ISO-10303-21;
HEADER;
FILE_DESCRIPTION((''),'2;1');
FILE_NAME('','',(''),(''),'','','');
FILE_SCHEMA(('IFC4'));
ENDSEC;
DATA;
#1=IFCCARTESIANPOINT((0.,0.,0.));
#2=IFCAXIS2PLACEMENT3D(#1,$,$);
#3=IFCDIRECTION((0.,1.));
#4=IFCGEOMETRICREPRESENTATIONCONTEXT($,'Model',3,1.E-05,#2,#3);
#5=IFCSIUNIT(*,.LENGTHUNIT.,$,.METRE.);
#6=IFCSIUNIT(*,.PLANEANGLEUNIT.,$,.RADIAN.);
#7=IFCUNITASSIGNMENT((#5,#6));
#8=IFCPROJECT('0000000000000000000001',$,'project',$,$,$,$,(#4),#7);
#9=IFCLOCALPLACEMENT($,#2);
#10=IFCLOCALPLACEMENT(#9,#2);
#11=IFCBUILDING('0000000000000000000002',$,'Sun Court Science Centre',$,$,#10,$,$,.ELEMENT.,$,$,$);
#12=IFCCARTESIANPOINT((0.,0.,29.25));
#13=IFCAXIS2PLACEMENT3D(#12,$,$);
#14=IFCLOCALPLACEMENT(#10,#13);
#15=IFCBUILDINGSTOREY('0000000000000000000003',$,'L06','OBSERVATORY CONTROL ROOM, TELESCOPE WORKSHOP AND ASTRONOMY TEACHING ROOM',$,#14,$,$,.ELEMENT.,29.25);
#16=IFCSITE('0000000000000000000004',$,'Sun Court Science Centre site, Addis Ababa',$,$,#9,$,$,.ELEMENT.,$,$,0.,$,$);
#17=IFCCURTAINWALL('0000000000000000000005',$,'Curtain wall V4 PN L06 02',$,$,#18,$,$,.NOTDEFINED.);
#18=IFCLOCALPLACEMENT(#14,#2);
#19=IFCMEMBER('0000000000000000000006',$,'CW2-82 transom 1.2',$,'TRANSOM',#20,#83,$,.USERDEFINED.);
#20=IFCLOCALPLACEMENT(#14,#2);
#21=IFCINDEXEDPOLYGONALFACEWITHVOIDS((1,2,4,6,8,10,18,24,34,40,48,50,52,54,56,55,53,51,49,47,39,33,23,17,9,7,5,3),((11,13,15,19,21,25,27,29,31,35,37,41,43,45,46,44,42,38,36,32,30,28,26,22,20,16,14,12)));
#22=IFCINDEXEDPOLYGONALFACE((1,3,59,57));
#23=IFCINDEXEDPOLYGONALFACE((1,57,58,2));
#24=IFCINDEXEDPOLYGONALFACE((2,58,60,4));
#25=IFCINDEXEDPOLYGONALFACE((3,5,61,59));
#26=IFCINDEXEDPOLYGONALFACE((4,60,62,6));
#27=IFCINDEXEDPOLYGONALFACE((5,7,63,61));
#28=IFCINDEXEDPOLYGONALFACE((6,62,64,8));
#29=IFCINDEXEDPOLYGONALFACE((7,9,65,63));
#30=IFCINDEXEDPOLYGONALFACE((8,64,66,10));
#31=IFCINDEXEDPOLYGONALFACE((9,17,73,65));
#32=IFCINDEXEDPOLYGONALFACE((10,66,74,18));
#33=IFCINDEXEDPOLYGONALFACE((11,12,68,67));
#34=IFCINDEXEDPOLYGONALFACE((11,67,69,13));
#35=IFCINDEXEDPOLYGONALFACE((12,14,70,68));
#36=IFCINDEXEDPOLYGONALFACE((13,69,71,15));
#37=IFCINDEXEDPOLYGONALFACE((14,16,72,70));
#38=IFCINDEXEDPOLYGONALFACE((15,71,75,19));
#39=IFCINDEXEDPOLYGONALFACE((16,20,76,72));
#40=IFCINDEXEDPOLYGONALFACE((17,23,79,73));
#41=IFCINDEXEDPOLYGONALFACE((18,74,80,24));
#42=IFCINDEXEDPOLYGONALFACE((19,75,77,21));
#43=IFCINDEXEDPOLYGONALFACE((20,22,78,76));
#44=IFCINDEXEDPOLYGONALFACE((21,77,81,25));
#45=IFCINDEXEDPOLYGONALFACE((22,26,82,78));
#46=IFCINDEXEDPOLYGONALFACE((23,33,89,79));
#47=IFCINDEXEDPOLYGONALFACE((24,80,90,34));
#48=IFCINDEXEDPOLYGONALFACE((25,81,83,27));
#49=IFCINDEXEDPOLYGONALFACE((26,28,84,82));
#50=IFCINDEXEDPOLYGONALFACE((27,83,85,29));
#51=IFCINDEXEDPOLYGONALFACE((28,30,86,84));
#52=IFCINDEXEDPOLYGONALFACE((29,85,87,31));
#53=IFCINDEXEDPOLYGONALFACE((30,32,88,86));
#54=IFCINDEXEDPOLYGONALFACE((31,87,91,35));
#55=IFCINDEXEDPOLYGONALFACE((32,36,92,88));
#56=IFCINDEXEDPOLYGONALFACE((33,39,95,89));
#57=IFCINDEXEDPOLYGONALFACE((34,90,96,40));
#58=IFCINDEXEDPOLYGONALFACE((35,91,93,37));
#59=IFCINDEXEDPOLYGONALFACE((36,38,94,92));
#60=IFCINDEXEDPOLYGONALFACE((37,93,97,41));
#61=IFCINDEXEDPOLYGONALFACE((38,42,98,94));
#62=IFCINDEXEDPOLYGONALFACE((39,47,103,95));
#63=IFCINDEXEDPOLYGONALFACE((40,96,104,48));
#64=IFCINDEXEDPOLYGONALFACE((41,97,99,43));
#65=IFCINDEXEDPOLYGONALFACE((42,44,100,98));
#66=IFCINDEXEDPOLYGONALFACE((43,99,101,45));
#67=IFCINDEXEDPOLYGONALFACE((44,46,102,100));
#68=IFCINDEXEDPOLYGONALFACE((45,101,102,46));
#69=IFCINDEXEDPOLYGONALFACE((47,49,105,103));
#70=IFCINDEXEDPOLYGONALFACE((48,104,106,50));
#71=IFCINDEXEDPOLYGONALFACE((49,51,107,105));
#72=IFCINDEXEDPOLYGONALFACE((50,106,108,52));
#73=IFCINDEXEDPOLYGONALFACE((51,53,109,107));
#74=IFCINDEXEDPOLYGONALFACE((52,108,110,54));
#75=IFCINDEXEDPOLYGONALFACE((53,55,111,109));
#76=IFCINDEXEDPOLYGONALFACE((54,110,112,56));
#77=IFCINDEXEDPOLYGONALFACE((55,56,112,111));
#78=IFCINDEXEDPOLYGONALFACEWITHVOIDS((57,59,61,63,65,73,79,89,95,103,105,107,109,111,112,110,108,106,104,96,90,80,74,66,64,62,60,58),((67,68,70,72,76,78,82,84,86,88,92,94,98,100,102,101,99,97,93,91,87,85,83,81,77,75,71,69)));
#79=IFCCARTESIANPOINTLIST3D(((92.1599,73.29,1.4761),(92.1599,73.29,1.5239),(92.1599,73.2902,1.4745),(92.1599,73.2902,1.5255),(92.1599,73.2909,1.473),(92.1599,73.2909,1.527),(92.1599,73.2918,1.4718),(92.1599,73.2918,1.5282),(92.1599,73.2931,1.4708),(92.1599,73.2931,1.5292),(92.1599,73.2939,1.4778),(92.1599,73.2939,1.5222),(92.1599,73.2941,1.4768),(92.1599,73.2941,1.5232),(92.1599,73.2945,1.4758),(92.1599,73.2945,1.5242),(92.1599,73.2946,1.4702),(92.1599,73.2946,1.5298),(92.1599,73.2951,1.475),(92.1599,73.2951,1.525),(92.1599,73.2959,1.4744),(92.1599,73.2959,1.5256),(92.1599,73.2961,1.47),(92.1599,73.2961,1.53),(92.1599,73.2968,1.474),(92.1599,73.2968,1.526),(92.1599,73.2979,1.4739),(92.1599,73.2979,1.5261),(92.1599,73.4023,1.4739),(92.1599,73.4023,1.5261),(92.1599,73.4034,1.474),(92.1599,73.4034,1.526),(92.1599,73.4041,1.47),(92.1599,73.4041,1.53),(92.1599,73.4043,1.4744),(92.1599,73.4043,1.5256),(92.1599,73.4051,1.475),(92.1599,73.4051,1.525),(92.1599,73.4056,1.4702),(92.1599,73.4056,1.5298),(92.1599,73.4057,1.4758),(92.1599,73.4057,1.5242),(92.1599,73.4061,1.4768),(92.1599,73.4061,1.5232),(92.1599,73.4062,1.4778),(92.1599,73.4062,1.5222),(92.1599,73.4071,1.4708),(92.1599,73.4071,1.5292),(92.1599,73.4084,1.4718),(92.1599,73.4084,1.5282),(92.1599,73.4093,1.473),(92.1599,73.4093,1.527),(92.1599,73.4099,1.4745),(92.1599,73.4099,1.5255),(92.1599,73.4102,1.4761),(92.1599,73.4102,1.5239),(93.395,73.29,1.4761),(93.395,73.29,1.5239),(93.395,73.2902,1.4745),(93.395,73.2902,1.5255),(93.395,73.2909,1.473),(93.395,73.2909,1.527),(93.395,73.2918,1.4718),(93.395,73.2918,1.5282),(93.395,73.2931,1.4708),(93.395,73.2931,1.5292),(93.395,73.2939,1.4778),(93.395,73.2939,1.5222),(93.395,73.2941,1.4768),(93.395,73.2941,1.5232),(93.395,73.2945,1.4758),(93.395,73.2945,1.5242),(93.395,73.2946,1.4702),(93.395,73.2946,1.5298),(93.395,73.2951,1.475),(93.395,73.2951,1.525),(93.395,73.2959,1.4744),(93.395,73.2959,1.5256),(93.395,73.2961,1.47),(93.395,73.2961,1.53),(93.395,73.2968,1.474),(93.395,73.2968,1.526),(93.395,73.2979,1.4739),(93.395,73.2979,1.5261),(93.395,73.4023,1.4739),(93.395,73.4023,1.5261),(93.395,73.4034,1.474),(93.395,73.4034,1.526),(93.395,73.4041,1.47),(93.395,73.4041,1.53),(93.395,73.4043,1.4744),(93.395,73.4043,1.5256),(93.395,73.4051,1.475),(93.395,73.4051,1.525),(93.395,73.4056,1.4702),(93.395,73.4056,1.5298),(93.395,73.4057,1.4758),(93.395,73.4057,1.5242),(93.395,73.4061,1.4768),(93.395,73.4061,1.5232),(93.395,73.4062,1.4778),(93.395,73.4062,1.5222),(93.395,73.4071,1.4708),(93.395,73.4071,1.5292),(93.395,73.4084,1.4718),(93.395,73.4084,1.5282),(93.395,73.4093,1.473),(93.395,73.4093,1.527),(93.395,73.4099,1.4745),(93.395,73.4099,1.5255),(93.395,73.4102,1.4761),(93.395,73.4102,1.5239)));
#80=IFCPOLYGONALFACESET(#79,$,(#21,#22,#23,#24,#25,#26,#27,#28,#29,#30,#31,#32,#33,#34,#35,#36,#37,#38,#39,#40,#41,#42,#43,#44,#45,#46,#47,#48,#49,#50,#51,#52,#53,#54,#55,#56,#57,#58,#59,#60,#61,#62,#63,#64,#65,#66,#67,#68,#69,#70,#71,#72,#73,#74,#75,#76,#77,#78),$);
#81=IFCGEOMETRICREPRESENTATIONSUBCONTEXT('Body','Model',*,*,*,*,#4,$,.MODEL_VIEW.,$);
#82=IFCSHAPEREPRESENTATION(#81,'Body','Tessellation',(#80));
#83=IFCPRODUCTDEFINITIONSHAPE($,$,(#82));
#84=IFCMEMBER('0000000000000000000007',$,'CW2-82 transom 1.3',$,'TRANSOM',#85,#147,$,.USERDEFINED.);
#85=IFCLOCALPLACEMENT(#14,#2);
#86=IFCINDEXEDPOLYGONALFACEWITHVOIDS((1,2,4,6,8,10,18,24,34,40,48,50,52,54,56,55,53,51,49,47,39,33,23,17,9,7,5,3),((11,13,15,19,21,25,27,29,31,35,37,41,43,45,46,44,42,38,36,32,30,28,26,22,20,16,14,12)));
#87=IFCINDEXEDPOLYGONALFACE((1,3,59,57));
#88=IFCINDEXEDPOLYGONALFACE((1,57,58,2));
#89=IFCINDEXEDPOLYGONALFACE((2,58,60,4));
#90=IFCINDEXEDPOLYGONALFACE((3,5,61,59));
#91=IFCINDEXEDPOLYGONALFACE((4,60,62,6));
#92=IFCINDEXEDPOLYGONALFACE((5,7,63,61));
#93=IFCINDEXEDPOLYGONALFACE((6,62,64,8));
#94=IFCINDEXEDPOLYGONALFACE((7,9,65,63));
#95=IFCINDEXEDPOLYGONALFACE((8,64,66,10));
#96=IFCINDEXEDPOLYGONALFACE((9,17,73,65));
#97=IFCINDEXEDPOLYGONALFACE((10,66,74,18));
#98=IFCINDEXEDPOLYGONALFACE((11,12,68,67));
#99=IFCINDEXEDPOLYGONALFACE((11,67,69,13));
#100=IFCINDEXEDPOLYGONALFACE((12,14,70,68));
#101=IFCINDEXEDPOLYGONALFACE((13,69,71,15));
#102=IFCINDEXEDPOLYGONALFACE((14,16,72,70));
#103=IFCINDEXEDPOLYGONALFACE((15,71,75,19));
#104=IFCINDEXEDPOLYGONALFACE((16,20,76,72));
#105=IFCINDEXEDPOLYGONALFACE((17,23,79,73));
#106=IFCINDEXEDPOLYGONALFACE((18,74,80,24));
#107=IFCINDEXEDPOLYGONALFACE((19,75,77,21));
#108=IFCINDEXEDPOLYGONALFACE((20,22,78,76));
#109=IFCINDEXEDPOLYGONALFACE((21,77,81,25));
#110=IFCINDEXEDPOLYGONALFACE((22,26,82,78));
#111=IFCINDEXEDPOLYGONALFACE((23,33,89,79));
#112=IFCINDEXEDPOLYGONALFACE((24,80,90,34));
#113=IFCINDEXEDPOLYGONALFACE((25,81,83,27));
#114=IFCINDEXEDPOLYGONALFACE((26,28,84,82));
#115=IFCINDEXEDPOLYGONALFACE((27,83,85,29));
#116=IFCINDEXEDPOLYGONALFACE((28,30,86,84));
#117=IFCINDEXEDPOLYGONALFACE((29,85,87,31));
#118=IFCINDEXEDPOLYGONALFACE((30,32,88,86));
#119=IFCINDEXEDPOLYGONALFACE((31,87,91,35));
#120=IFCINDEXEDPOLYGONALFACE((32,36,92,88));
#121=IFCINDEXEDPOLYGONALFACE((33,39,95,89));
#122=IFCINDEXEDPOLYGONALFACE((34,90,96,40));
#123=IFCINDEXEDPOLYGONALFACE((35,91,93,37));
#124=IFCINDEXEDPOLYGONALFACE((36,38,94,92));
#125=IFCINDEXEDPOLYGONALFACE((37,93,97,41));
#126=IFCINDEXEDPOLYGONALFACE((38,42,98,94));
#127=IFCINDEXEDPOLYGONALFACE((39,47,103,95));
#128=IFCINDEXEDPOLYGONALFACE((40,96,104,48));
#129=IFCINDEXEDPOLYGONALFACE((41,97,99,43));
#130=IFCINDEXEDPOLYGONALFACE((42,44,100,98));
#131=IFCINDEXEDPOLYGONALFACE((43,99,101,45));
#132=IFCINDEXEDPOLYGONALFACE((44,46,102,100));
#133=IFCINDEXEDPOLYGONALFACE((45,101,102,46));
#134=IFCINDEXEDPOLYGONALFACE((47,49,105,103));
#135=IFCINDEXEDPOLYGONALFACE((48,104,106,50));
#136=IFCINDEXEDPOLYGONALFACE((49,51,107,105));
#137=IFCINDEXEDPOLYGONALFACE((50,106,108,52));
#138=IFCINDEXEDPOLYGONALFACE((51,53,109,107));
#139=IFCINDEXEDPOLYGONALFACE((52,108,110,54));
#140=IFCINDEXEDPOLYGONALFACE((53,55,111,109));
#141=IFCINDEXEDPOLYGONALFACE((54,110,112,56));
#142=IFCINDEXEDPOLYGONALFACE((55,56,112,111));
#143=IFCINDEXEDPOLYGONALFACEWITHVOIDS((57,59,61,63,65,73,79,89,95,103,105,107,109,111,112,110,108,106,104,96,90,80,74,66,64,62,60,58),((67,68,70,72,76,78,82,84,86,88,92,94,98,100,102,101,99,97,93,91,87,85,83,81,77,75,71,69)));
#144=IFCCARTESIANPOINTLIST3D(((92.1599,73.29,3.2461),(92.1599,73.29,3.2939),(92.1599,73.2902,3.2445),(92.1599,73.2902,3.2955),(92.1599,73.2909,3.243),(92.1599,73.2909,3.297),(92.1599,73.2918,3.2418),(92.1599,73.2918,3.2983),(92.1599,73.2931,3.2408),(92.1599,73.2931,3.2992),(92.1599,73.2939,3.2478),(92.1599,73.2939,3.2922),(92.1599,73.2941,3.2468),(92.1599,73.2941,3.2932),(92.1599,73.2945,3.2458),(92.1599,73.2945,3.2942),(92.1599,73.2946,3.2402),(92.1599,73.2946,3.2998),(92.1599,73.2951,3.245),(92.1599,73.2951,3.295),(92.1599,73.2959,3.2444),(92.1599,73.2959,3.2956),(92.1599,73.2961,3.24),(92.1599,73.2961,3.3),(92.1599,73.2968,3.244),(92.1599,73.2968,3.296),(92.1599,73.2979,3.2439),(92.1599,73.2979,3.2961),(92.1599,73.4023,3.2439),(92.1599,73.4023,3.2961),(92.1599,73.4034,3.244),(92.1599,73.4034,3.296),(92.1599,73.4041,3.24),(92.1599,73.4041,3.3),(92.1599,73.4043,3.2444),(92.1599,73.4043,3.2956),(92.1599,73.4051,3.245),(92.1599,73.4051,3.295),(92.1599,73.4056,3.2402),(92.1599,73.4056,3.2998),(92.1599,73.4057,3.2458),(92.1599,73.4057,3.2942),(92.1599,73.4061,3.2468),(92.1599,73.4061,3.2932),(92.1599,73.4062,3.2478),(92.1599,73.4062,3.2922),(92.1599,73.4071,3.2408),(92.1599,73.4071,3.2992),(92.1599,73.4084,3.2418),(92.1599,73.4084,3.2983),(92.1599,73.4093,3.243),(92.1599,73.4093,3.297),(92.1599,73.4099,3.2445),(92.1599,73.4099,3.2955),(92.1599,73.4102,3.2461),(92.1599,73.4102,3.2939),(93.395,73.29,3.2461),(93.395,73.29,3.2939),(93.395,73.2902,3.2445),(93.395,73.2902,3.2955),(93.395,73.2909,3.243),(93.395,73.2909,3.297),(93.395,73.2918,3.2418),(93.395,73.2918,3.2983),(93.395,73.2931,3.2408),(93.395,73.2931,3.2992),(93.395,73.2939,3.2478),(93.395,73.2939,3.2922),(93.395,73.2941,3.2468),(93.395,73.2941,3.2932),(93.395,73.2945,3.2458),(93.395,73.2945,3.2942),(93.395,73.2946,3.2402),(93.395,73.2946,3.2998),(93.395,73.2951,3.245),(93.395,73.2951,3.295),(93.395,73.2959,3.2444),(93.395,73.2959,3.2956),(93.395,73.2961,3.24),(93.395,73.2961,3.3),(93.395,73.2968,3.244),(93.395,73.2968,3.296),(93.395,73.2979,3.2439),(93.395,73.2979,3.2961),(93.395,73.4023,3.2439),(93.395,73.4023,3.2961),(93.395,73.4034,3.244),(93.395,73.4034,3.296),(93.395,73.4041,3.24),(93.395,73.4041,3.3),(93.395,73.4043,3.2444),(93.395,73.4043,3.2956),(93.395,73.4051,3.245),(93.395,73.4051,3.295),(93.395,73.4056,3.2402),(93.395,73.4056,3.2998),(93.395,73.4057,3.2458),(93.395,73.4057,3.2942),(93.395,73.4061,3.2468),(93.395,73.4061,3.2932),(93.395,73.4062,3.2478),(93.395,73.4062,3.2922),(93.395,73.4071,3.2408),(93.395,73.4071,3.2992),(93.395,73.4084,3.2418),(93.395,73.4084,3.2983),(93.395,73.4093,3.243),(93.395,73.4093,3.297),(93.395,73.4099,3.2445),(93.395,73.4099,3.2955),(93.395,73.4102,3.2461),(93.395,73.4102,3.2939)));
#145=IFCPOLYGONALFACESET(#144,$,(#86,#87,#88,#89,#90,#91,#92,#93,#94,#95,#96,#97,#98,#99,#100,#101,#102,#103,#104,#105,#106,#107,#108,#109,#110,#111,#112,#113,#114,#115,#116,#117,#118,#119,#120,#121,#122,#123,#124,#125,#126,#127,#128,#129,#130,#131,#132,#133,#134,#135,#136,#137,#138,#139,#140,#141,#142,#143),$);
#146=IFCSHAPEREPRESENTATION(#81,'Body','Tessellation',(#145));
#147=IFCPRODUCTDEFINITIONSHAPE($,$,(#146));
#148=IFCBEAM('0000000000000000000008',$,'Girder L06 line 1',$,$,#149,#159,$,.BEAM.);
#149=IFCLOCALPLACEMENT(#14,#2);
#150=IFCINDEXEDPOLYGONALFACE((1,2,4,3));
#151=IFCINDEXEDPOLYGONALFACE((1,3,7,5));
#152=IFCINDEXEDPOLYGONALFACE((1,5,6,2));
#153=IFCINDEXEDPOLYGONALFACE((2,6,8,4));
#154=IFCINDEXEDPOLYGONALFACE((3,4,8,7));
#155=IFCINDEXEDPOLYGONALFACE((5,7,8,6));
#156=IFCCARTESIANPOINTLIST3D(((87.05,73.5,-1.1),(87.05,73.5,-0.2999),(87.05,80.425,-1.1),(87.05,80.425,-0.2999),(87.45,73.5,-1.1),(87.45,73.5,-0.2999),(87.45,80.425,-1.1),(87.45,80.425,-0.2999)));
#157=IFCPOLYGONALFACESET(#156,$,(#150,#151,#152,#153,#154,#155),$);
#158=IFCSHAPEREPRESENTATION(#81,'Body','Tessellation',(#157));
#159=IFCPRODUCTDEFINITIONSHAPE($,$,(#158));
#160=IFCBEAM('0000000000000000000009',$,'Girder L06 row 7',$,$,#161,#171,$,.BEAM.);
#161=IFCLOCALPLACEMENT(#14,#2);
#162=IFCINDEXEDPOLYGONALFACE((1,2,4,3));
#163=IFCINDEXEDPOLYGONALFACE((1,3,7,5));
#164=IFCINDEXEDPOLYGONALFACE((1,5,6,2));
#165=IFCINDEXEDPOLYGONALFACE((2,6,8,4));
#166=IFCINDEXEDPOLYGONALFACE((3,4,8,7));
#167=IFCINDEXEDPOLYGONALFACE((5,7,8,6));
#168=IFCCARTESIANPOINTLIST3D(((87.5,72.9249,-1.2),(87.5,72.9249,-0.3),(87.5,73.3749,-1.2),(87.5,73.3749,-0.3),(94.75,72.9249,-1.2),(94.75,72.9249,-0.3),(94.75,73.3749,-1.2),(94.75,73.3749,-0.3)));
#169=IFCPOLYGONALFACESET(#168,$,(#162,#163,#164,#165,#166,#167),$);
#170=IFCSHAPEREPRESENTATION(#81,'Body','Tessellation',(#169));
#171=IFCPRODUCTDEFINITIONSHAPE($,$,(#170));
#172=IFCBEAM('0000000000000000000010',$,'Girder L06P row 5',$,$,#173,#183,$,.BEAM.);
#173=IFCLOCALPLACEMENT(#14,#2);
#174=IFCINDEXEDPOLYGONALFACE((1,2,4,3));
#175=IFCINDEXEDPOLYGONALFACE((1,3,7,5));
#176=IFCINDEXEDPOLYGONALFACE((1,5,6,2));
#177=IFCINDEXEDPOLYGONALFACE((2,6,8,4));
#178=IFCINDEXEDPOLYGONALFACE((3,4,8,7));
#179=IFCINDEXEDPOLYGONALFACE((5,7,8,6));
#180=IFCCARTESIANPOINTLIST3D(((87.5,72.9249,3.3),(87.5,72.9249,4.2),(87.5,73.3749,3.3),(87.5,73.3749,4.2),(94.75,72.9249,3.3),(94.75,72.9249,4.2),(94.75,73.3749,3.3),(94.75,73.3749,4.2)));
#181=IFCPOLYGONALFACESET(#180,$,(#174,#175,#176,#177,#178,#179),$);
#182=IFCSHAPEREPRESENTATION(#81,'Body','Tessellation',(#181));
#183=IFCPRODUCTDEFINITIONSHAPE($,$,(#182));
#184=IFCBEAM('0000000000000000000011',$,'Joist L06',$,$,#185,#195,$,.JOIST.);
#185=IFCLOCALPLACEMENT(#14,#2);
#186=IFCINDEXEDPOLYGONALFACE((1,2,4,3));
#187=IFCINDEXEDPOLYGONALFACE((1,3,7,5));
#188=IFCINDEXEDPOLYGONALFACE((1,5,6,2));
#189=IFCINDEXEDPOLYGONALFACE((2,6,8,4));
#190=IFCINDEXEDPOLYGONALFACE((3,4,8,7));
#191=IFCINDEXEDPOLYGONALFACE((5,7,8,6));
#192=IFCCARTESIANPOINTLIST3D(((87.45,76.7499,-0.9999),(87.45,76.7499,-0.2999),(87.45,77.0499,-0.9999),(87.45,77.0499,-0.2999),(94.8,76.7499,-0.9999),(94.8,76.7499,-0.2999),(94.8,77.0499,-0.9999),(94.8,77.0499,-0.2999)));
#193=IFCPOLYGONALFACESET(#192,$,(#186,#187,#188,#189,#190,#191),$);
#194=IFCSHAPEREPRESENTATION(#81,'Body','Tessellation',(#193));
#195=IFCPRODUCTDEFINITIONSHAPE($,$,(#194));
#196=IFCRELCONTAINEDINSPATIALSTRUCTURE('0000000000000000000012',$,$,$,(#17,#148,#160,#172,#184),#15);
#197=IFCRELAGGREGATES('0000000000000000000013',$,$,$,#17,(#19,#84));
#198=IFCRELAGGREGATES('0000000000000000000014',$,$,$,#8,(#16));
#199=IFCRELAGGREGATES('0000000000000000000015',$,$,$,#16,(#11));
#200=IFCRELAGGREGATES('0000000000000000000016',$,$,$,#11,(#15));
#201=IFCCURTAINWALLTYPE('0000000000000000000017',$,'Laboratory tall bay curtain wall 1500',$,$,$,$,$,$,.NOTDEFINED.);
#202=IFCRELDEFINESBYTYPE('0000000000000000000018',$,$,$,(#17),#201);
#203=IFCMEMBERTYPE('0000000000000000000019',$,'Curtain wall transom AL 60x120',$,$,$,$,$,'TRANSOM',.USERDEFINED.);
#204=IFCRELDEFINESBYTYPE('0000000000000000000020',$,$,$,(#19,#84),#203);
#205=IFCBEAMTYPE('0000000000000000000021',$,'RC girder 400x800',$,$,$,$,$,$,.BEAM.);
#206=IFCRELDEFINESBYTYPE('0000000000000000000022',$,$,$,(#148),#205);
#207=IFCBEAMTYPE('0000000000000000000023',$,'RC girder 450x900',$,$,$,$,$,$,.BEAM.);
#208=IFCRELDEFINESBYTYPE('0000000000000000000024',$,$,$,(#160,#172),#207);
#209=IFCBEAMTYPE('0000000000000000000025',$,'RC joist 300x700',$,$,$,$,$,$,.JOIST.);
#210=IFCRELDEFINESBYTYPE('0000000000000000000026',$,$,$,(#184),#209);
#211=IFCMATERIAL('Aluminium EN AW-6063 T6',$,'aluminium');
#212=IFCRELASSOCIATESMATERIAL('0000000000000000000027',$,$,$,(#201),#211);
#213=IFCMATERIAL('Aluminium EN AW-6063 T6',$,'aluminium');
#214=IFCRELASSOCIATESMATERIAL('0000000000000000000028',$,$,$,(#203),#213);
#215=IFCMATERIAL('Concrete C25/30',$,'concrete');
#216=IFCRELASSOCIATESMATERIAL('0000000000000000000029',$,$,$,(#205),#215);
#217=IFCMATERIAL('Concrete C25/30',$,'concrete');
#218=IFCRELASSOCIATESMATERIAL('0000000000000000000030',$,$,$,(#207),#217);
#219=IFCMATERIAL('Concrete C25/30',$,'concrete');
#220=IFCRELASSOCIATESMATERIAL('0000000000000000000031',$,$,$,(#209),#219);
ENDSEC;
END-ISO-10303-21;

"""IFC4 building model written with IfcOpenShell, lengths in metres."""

from ifc_helpers import new_model, si_unit, direction, frame, origin, origin_2d, place, context, subcontext, project, spatial, rectangle, hollow_rectangle, extrude, material, material_profile, profile_set, type_object, element, aggregate, save


model = new_model("IFC4")

# Units and contexts
model_context = context("Model", 3, precision=1e-05, world=origin(), true_north=direction((0.0, 1.0)))
body_context = subcontext(model_context, "Body", "Model", "MODEL_VIEW")
ifc_project = project(units=[si_unit("LENGTHUNIT", "METRE"), si_unit("PLANEANGLEUNIT", "RADIAN")], contexts=[model_context])

# Site, building, storey
site_placement = place(None, origin())
site = spatial("IfcSite", under=ifc_project, at=site_placement, Name="Sun Court Science Centre site, Addis Ababa", CompositionType="ELEMENT", RefElevation=0.0)
building_placement = place(site_placement, origin())
building = spatial("IfcBuilding", under=site, at=building_placement, Name="Sun Court Science Centre", CompositionType="ELEMENT")
storey_placement = place(building_placement, frame((0.0, 0.0, 29.25)))
storey = spatial("IfcBuildingStorey", under=building, at=storey_placement, Name="L06", Description="OBSERVATORY CONTROL ROOM, TELESCOPE WORKSHOP AND ASTRONOMY TEACHING ROOM", CompositionType="ELEMENT", Elevation=29.25)

# Curtain wall
ifc_material_1 = material(Name="Aluminium EN AW-6063 T6", Category="aluminium")
curtain_wall_type = type_object("IfcCurtainWallType", Name="Laboratory tall bay curtain wall 1500", PredefinedType="NOTDEFINED", material=ifc_material_1)
curtain_wall_1_placement = place(storey_placement, origin())
curtain_wall_1 = element("IfcCurtainWall", 1, at=curtain_wall_1_placement, inside=storey, type_object=curtain_wall_type, Name="Curtain wall V4 PN L06 02", PredefinedType="NOTDEFINED")

# Members
ifc_material_2 = material(Name="Aluminium EN AW-6063 T6", Category="aluminium")
ifc_material_profile_1 = material_profile(ifc_material_2, hollow_rectangle(XDim=0.0601, YDim=0.1201, WallThickness=0.0039, InnerFilletRadius=0.0039, OuterFilletRadius=0.0061, at=origin_2d()), Name="AL 60x120x4")
ifc_profile_set_1 = profile_set([ifc_material_profile_1], Name="Aluminium EN AW-6063 T6")
member_type_1 = type_object("IfcMemberType", Name="Curtain wall transom AL 60x120", ElementType="TRANSOM", PredefinedType="USERDEFINED", material=ifc_profile_set_1)
member_1_placement = place(storey_placement, frame((92.1599, 73.3501, 1.5), z_axis=(1.0, 0.0, 0.0), x_axis=(0.0, 0.0, 1.0)))
member_1 = element("IfcMember", 2, at=member_1_placement, type_object=member_type_1, Name="CW2-82 transom 1.2", ObjectType="TRANSOM", PredefinedType="USERDEFINED", context=body_context, shape_type="SweptSolid", body=[
    extrude(hollow_rectangle(XDim=0.0601, YDim=0.1201, WallThickness=0.0039, InnerFilletRadius=0.0039, OuterFilletRadius=0.0061, at=origin_2d()), origin(), (0.0, 0.0, 1.0), 1.2351),
])
member_2_placement = place(storey_placement, frame((92.1599, 73.3501, 3.27), z_axis=(1.0, 0.0, 0.0), x_axis=(0.0, 0.0, 1.0)))
member_2 = element("IfcMember", 3, at=member_2_placement, type_object=member_type_1, Name="CW2-82 transom 1.3", ObjectType="TRANSOM", PredefinedType="USERDEFINED", context=body_context, shape_type="SweptSolid", body=[
    extrude(hollow_rectangle(XDim=0.0601, YDim=0.1201, WallThickness=0.0039, InnerFilletRadius=0.0039, OuterFilletRadius=0.0061, at=origin_2d()), origin(), (0.0, 0.0, 1.0), 1.2351),
])

# Beams
ifc_material_3 = material(Name="Concrete C25/30", Category="concrete")
ifc_material_profile_2 = material_profile(ifc_material_3, rectangle(XDim=0.3999, YDim=0.8, at=origin_2d()), Name="RC 400x800")
ifc_profile_set_2 = profile_set([ifc_material_profile_2], Name="Concrete C25/30")
beam_type_1 = type_object("IfcBeamType", Name="RC girder 400x800", PredefinedType="BEAM", material=ifc_profile_set_2)
beam_1_placement = place(storey_placement, frame((87.25, 73.5, -0.7), z_axis=(0.0, 1.0, 0.0), x_axis=(-1.0, 0.0, 0.0)))
element("IfcBeam", 4, at=beam_1_placement, inside=storey, type_object=beam_type_1, Name="Girder L06 line 1", PredefinedType="BEAM", context=body_context, shape_type="SweptSolid", body=[
    extrude(rectangle(XDim=0.3999, YDim=0.8, at=origin_2d()), origin(), (0.0, 0.0, 1.0), 6.925),
])
ifc_material_4 = material(Name="Concrete C25/30", Category="concrete")
ifc_material_profile_3 = material_profile(ifc_material_4, rectangle(XDim=0.45, YDim=0.8999, at=origin_2d()), Name="RC 450x900")
ifc_profile_set_3 = profile_set([ifc_material_profile_3], Name="Concrete C25/30")
beam_type_2 = type_object("IfcBeamType", Name="RC girder 450x900", PredefinedType="BEAM", material=ifc_profile_set_3)
for number, where, z_axis, x_axis, name in (
    (5, (87.5, 73.1499, -0.75), (1.0, 0.0, 0.0), (0.0, 1.0, 0.0), "Girder L06 row 7"),
    (6, (87.5, 73.1499, 3.75), (1.0, 0.0, 0.0), (0.0, 1.0, 0.0), "Girder L06P row 5"),
):
    element("IfcBeam", number, at=place(storey_placement, frame(where, z_axis=z_axis, x_axis=x_axis)), inside=storey, type_object=beam_type_2, Name=name, PredefinedType="BEAM", context=body_context, shape_type="SweptSolid", body=[
        extrude(rectangle(XDim=0.45, YDim=0.8999, at=origin_2d()), origin(), (0.0, 0.0, 1.0), 7.25),
    ])
ifc_material_5 = material(Name="Concrete C25/30", Category="concrete")
ifc_material_profile_4 = material_profile(ifc_material_5, rectangle(XDim=0.3, YDim=0.7, at=origin_2d()), Name="RC 300x700")
ifc_profile_set_4 = profile_set([ifc_material_profile_4], Name="Concrete C25/30")
beam_type_3 = type_object("IfcBeamType", Name="RC joist 300x700", PredefinedType="JOIST", material=ifc_profile_set_4)
beam_2_placement = place(storey_placement, frame((87.45, 76.8999, -0.6499), z_axis=(1.0, 0.0, 0.0), x_axis=(0.0, 1.0, 0.0)))
element("IfcBeam", 7, at=beam_2_placement, inside=storey, type_object=beam_type_3, Name="Joist L06", PredefinedType="JOIST", context=body_context, shape_type="SweptSolid", body=[
    extrude(rectangle(XDim=0.3, YDim=0.7, at=origin_2d()), origin(), (0.0, 0.0, 1.0), 7.3501),
])

aggregate(curtain_wall_1, [member_1, member_2])

save(model, "model.ifc")
